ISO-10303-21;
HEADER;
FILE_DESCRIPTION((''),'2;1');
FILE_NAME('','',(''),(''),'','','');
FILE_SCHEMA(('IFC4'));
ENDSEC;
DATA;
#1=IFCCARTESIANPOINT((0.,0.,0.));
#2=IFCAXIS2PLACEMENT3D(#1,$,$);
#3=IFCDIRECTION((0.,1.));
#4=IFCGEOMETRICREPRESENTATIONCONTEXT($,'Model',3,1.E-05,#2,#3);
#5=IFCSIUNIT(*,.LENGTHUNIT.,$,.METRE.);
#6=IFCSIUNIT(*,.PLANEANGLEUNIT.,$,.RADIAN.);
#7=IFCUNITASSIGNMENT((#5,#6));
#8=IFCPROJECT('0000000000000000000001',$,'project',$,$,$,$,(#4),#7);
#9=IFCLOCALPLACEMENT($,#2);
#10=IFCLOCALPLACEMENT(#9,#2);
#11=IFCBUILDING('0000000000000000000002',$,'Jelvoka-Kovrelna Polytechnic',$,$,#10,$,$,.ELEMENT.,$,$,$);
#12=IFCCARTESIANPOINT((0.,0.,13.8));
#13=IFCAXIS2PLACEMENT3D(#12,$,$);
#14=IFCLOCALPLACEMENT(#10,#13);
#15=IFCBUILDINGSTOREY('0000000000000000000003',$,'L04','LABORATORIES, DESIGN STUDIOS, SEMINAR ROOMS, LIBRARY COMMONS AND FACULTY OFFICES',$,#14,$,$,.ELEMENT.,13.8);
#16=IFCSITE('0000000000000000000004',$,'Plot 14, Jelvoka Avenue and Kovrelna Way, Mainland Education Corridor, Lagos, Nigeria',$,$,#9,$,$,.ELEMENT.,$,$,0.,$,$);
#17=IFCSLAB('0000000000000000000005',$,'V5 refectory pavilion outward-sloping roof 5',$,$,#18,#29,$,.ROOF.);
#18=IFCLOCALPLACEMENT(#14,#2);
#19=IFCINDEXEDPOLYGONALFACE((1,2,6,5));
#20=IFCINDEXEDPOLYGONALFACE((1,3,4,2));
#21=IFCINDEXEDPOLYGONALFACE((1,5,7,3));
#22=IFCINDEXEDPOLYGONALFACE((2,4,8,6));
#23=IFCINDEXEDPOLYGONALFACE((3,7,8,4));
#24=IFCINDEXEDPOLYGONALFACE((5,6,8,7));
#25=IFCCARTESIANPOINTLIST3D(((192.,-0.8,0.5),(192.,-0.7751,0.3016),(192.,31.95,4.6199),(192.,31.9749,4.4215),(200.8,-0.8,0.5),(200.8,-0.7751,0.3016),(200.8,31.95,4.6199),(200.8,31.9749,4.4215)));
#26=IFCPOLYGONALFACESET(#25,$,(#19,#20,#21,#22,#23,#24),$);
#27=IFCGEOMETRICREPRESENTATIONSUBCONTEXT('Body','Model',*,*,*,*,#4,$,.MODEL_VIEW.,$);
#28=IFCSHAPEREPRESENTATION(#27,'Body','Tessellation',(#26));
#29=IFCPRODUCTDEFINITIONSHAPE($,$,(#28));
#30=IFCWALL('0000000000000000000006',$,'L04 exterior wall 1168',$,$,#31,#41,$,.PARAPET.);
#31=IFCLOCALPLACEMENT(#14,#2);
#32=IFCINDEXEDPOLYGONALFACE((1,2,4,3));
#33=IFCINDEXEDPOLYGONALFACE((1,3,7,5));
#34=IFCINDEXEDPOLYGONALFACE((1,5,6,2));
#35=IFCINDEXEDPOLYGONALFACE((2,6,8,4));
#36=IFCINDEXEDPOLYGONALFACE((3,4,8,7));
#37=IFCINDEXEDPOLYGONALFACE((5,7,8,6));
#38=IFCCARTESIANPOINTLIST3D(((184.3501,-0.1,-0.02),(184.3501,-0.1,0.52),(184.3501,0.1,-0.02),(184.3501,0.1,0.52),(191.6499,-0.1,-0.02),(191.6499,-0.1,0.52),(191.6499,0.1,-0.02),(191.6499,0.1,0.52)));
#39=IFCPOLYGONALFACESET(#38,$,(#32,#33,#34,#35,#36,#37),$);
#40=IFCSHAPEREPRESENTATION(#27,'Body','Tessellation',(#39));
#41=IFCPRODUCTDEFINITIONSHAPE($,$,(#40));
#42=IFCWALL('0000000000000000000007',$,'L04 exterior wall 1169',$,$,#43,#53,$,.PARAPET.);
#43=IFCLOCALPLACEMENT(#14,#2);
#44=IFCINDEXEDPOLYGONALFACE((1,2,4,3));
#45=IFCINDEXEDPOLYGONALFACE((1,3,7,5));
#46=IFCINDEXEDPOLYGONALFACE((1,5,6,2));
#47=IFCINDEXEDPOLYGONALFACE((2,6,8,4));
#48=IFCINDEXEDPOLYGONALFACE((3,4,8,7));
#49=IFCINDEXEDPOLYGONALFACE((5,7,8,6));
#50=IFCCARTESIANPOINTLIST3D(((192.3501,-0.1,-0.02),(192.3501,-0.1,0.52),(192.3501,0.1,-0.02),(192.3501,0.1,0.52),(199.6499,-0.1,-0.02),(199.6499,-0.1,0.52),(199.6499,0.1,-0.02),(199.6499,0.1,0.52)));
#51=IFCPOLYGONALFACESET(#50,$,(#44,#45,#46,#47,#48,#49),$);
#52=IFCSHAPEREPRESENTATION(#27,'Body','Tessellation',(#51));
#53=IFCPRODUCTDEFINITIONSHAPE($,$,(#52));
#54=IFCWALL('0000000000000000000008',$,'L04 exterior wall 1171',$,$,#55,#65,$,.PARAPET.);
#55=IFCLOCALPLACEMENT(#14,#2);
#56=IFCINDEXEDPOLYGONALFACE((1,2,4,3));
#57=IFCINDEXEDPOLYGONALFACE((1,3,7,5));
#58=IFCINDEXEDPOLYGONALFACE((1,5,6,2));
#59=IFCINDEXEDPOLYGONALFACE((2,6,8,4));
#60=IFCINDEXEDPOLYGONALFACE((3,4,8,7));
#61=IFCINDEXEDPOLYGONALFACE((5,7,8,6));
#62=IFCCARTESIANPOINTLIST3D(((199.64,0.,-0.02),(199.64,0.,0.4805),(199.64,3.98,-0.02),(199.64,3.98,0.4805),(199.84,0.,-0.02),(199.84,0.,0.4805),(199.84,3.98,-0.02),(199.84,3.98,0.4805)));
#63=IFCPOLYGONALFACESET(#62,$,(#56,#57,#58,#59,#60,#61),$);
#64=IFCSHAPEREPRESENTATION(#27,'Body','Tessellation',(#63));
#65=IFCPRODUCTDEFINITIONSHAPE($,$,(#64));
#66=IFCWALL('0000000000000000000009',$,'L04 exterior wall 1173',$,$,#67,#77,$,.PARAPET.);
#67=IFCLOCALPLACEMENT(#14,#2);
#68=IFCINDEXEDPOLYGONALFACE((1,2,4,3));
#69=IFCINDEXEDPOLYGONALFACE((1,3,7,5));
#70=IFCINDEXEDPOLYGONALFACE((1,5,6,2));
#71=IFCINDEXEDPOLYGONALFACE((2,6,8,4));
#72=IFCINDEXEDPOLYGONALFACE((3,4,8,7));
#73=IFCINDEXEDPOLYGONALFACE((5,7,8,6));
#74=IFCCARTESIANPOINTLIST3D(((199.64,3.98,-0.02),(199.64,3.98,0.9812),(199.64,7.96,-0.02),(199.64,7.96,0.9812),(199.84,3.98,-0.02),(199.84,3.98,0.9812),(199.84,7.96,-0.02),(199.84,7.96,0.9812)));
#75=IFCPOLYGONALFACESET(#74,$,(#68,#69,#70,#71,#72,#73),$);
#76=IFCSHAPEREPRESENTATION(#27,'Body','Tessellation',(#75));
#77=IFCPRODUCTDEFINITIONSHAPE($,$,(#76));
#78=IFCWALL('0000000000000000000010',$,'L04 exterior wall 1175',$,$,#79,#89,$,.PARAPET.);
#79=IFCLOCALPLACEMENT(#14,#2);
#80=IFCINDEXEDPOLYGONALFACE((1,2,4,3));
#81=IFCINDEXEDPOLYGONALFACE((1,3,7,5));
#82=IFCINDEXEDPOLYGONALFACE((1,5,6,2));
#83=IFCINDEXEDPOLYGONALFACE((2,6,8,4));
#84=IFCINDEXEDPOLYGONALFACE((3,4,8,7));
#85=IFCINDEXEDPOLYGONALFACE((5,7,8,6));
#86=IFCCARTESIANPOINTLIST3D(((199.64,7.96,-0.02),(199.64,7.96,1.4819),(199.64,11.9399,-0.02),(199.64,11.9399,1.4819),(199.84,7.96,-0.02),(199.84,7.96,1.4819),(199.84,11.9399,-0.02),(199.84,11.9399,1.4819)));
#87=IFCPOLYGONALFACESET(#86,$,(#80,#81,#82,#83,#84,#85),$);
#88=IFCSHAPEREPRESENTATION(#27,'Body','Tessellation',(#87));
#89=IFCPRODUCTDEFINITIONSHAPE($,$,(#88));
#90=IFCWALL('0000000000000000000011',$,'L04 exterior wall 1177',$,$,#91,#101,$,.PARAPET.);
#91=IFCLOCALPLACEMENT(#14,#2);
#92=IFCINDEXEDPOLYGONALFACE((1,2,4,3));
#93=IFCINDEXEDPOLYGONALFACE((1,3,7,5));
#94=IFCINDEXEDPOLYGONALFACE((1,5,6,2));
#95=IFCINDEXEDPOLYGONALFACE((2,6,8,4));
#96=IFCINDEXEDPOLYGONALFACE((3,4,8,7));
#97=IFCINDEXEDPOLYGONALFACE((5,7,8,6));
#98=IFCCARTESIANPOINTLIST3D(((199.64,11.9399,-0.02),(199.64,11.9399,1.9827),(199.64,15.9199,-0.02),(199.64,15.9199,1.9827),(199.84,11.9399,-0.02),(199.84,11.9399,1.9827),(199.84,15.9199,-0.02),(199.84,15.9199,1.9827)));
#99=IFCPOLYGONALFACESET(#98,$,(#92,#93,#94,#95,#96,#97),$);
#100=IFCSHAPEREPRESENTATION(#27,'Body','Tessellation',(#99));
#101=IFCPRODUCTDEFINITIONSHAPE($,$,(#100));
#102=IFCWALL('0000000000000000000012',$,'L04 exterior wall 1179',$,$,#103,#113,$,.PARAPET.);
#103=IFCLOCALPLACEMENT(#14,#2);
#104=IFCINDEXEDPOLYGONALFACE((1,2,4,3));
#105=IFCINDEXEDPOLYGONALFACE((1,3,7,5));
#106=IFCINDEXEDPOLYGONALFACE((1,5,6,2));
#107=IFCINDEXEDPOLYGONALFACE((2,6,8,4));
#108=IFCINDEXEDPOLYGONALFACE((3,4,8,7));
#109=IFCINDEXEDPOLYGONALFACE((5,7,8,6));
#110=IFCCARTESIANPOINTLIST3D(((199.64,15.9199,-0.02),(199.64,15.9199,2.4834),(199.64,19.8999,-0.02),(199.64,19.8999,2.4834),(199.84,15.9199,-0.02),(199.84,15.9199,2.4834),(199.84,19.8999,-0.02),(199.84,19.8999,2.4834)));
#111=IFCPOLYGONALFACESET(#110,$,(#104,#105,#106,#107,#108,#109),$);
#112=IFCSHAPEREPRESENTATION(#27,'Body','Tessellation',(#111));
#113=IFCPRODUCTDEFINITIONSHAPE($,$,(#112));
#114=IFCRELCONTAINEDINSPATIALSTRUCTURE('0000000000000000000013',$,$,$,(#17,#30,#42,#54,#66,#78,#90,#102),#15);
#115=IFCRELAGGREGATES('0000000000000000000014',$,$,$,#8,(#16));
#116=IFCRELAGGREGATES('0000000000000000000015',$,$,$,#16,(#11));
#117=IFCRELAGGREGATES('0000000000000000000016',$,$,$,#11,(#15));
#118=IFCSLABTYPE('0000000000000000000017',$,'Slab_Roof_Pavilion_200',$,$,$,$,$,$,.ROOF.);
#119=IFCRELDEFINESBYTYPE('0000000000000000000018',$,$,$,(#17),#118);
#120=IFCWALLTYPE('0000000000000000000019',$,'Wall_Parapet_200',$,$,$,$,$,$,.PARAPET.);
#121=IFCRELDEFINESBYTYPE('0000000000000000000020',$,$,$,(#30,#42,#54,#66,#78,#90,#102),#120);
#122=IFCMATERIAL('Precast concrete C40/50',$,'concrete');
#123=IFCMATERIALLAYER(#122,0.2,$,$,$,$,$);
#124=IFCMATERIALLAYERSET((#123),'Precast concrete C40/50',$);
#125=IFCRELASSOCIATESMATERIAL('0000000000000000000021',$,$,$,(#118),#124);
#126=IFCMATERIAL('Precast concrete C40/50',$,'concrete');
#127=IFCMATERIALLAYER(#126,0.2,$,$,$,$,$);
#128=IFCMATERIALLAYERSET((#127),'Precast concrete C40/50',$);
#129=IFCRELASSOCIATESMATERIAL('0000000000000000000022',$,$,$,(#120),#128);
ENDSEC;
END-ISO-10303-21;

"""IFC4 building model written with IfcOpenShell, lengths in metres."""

from ifc_helpers import new_model, si_unit, direction, frame, frame_2d, origin, place, context, subcontext, project, spatial, polyline, rectangle, outline, extrude, material, layer, layer_set, type_object, element, save


model = new_model("IFC4")

# Units and contexts
model_context = context("Model", 3, precision=1e-05, world=origin(), true_north=direction((0.0, 1.0)))
body_context = subcontext(model_context, "Body", "Model", "MODEL_VIEW")
ifc_project = project(units=[si_unit("LENGTHUNIT", "METRE"), si_unit("PLANEANGLEUNIT", "RADIAN")], contexts=[model_context])

# Site, building, storey
site_placement = place(None, origin())
site = spatial("IfcSite", under=ifc_project, at=site_placement, Name="Plot 14, Jelvoka Avenue and Kovrelna Way, Mainland Education Corridor, Lagos, Nigeria", CompositionType="ELEMENT", RefElevation=0.0)
building_placement = place(site_placement, origin())
building = spatial("IfcBuilding", under=site, at=building_placement, Name="Jelvoka-Kovrelna Polytechnic", CompositionType="ELEMENT")
storey_placement = place(building_placement, frame((0.0, 0.0, 13.8)))
storey = spatial("IfcBuildingStorey", under=building, at=storey_placement, Name="L04", Description="LABORATORIES, DESIGN STUDIOS, SEMINAR ROOMS, LIBRARY COMMONS AND FACULTY OFFICES", CompositionType="ELEMENT", Elevation=13.8)

# Slab
ifc_material_1 = material(Name="Precast concrete C40/50", Category="concrete")
ifc_layer_1 = layer(ifc_material_1, 0.2)
ifc_layer_set_1 = layer_set([ifc_layer_1], Name="Precast concrete C40/50")
slab_type = type_object("IfcSlabType", Name="Slab_Roof_Pavilion_200", PredefinedType="ROOF", material=ifc_layer_set_1)
slab_placement = place(storey_placement, frame((192.0, -0.8, 0.5), z_axis=(0.0, -0.124814, 0.99218), x_axis=(1.0, 0.0, 0.0)))
element("IfcSlab", 1, at=slab_placement, inside=storey, type_object=slab_type, Name="V5 refectory pavilion outward-sloping roof 5", PredefinedType="ROOF", context=body_context, shape_type="SweptSolid", body=[
    extrude(outline(polyline([(0.0, 0.0), (8.8, 0.0), (8.8, 33.0081), (0.0, 33.0081), (0.0, 0.0)])), origin(), (0.0, 0.0, -1.0), 0.2),
])

# Walls
ifc_material_2 = material(Name="Precast concrete C40/50", Category="concrete")
ifc_layer_2 = layer(ifc_material_2, 0.2)
ifc_layer_set_2 = layer_set([ifc_layer_2], Name="Precast concrete C40/50")
wall_type = type_object("IfcWallType", Name="Wall_Parapet_200", PredefinedType="PARAPET", material=ifc_layer_set_2)
for number, where, z_axis, x_axis, name in (
    (2, (191.6499, 0.0, -0.02), (0.0, 0.0, 1.0), (-1.0, 0.0, 0.0), "L04 exterior wall 1168"),
    (3, (199.6499, 0.0, -0.02), (0.0, 0.0, 1.0), (-1.0, 0.0, 0.0), "L04 exterior wall 1169"),
):
    element("IfcWall", number, at=place(storey_placement, frame(where, z_axis=z_axis, x_axis=x_axis)), inside=storey, type_object=wall_type, Name=name, PredefinedType="PARAPET", context=body_context, shape_type="SweptSolid", body=[
        extrude(rectangle(XDim=7.2998, YDim=0.2, at=frame_2d((3.6499, 0.0))), origin(), (0.0, 0.0, 1.0), 0.54),
    ])
wall_1_placement = place(storey_placement, frame((199.74, 3.98, -0.02), z_axis=(0.0, 0.0, 1.0), x_axis=(0.0, -1.0, 0.0)))
element("IfcWall", 4, at=wall_1_placement, inside=storey, type_object=wall_type, Name="L04 exterior wall 1171", PredefinedType="PARAPET", context=body_context, shape_type="SweptSolid", body=[
    extrude(rectangle(XDim=3.98, YDim=0.2, at=frame_2d((1.99, 0.0))), origin(), (0.0, 0.0, 1.0), 0.5005),
])
wall_2_placement = place(storey_placement, frame((199.74, 7.96, -0.02), z_axis=(0.0, 0.0, 1.0), x_axis=(0.0, -1.0, 0.0)))
element("IfcWall", 5, at=wall_2_placement, inside=storey, type_object=wall_type, Name="L04 exterior wall 1173", PredefinedType="PARAPET", context=body_context, shape_type="SweptSolid", body=[
    extrude(rectangle(XDim=3.98, YDim=0.2, at=frame_2d((1.99, 0.0))), origin(), (0.0, 0.0, 1.0), 1.0012),
])
wall_3_placement = place(storey_placement, frame((199.74, 11.9399, -0.02), z_axis=(0.0, 0.0, 1.0), x_axis=(0.0, -1.0, 0.0)))
element("IfcWall", 6, at=wall_3_placement, inside=storey, type_object=wall_type, Name="L04 exterior wall 1175", PredefinedType="PARAPET", context=body_context, shape_type="SweptSolid", body=[
    extrude(rectangle(XDim=3.98, YDim=0.2, at=frame_2d((1.99, 0.0))), origin(), (0.0, 0.0, 1.0), 1.502),
])
wall_4_placement = place(storey_placement, frame((199.74, 15.9199, -0.02), z_axis=(0.0, 0.0, 1.0), x_axis=(0.0, -1.0, 0.0)))
element("IfcWall", 7, at=wall_4_placement, inside=storey, type_object=wall_type, Name="L04 exterior wall 1177", PredefinedType="PARAPET", context=body_context, shape_type="SweptSolid", body=[
    extrude(rectangle(XDim=3.98, YDim=0.2, at=frame_2d((1.99, 0.0))), origin(), (0.0, 0.0, 1.0), 2.0027),
])
wall_5_placement = place(storey_placement, frame((199.74, 19.8999, -0.02), z_axis=(0.0, 0.0, 1.0), x_axis=(0.0, -1.0, 0.0)))
element("IfcWall", 8, at=wall_5_placement, inside=storey, type_object=wall_type, Name="L04 exterior wall 1179", PredefinedType="PARAPET", context=body_context, shape_type="SweptSolid", body=[
    extrude(rectangle(XDim=3.98, YDim=0.2, at=frame_2d((1.99, 0.0))), origin(), (0.0, 0.0, 1.0), 2.5034),
])

save(model, "model.ifc")
